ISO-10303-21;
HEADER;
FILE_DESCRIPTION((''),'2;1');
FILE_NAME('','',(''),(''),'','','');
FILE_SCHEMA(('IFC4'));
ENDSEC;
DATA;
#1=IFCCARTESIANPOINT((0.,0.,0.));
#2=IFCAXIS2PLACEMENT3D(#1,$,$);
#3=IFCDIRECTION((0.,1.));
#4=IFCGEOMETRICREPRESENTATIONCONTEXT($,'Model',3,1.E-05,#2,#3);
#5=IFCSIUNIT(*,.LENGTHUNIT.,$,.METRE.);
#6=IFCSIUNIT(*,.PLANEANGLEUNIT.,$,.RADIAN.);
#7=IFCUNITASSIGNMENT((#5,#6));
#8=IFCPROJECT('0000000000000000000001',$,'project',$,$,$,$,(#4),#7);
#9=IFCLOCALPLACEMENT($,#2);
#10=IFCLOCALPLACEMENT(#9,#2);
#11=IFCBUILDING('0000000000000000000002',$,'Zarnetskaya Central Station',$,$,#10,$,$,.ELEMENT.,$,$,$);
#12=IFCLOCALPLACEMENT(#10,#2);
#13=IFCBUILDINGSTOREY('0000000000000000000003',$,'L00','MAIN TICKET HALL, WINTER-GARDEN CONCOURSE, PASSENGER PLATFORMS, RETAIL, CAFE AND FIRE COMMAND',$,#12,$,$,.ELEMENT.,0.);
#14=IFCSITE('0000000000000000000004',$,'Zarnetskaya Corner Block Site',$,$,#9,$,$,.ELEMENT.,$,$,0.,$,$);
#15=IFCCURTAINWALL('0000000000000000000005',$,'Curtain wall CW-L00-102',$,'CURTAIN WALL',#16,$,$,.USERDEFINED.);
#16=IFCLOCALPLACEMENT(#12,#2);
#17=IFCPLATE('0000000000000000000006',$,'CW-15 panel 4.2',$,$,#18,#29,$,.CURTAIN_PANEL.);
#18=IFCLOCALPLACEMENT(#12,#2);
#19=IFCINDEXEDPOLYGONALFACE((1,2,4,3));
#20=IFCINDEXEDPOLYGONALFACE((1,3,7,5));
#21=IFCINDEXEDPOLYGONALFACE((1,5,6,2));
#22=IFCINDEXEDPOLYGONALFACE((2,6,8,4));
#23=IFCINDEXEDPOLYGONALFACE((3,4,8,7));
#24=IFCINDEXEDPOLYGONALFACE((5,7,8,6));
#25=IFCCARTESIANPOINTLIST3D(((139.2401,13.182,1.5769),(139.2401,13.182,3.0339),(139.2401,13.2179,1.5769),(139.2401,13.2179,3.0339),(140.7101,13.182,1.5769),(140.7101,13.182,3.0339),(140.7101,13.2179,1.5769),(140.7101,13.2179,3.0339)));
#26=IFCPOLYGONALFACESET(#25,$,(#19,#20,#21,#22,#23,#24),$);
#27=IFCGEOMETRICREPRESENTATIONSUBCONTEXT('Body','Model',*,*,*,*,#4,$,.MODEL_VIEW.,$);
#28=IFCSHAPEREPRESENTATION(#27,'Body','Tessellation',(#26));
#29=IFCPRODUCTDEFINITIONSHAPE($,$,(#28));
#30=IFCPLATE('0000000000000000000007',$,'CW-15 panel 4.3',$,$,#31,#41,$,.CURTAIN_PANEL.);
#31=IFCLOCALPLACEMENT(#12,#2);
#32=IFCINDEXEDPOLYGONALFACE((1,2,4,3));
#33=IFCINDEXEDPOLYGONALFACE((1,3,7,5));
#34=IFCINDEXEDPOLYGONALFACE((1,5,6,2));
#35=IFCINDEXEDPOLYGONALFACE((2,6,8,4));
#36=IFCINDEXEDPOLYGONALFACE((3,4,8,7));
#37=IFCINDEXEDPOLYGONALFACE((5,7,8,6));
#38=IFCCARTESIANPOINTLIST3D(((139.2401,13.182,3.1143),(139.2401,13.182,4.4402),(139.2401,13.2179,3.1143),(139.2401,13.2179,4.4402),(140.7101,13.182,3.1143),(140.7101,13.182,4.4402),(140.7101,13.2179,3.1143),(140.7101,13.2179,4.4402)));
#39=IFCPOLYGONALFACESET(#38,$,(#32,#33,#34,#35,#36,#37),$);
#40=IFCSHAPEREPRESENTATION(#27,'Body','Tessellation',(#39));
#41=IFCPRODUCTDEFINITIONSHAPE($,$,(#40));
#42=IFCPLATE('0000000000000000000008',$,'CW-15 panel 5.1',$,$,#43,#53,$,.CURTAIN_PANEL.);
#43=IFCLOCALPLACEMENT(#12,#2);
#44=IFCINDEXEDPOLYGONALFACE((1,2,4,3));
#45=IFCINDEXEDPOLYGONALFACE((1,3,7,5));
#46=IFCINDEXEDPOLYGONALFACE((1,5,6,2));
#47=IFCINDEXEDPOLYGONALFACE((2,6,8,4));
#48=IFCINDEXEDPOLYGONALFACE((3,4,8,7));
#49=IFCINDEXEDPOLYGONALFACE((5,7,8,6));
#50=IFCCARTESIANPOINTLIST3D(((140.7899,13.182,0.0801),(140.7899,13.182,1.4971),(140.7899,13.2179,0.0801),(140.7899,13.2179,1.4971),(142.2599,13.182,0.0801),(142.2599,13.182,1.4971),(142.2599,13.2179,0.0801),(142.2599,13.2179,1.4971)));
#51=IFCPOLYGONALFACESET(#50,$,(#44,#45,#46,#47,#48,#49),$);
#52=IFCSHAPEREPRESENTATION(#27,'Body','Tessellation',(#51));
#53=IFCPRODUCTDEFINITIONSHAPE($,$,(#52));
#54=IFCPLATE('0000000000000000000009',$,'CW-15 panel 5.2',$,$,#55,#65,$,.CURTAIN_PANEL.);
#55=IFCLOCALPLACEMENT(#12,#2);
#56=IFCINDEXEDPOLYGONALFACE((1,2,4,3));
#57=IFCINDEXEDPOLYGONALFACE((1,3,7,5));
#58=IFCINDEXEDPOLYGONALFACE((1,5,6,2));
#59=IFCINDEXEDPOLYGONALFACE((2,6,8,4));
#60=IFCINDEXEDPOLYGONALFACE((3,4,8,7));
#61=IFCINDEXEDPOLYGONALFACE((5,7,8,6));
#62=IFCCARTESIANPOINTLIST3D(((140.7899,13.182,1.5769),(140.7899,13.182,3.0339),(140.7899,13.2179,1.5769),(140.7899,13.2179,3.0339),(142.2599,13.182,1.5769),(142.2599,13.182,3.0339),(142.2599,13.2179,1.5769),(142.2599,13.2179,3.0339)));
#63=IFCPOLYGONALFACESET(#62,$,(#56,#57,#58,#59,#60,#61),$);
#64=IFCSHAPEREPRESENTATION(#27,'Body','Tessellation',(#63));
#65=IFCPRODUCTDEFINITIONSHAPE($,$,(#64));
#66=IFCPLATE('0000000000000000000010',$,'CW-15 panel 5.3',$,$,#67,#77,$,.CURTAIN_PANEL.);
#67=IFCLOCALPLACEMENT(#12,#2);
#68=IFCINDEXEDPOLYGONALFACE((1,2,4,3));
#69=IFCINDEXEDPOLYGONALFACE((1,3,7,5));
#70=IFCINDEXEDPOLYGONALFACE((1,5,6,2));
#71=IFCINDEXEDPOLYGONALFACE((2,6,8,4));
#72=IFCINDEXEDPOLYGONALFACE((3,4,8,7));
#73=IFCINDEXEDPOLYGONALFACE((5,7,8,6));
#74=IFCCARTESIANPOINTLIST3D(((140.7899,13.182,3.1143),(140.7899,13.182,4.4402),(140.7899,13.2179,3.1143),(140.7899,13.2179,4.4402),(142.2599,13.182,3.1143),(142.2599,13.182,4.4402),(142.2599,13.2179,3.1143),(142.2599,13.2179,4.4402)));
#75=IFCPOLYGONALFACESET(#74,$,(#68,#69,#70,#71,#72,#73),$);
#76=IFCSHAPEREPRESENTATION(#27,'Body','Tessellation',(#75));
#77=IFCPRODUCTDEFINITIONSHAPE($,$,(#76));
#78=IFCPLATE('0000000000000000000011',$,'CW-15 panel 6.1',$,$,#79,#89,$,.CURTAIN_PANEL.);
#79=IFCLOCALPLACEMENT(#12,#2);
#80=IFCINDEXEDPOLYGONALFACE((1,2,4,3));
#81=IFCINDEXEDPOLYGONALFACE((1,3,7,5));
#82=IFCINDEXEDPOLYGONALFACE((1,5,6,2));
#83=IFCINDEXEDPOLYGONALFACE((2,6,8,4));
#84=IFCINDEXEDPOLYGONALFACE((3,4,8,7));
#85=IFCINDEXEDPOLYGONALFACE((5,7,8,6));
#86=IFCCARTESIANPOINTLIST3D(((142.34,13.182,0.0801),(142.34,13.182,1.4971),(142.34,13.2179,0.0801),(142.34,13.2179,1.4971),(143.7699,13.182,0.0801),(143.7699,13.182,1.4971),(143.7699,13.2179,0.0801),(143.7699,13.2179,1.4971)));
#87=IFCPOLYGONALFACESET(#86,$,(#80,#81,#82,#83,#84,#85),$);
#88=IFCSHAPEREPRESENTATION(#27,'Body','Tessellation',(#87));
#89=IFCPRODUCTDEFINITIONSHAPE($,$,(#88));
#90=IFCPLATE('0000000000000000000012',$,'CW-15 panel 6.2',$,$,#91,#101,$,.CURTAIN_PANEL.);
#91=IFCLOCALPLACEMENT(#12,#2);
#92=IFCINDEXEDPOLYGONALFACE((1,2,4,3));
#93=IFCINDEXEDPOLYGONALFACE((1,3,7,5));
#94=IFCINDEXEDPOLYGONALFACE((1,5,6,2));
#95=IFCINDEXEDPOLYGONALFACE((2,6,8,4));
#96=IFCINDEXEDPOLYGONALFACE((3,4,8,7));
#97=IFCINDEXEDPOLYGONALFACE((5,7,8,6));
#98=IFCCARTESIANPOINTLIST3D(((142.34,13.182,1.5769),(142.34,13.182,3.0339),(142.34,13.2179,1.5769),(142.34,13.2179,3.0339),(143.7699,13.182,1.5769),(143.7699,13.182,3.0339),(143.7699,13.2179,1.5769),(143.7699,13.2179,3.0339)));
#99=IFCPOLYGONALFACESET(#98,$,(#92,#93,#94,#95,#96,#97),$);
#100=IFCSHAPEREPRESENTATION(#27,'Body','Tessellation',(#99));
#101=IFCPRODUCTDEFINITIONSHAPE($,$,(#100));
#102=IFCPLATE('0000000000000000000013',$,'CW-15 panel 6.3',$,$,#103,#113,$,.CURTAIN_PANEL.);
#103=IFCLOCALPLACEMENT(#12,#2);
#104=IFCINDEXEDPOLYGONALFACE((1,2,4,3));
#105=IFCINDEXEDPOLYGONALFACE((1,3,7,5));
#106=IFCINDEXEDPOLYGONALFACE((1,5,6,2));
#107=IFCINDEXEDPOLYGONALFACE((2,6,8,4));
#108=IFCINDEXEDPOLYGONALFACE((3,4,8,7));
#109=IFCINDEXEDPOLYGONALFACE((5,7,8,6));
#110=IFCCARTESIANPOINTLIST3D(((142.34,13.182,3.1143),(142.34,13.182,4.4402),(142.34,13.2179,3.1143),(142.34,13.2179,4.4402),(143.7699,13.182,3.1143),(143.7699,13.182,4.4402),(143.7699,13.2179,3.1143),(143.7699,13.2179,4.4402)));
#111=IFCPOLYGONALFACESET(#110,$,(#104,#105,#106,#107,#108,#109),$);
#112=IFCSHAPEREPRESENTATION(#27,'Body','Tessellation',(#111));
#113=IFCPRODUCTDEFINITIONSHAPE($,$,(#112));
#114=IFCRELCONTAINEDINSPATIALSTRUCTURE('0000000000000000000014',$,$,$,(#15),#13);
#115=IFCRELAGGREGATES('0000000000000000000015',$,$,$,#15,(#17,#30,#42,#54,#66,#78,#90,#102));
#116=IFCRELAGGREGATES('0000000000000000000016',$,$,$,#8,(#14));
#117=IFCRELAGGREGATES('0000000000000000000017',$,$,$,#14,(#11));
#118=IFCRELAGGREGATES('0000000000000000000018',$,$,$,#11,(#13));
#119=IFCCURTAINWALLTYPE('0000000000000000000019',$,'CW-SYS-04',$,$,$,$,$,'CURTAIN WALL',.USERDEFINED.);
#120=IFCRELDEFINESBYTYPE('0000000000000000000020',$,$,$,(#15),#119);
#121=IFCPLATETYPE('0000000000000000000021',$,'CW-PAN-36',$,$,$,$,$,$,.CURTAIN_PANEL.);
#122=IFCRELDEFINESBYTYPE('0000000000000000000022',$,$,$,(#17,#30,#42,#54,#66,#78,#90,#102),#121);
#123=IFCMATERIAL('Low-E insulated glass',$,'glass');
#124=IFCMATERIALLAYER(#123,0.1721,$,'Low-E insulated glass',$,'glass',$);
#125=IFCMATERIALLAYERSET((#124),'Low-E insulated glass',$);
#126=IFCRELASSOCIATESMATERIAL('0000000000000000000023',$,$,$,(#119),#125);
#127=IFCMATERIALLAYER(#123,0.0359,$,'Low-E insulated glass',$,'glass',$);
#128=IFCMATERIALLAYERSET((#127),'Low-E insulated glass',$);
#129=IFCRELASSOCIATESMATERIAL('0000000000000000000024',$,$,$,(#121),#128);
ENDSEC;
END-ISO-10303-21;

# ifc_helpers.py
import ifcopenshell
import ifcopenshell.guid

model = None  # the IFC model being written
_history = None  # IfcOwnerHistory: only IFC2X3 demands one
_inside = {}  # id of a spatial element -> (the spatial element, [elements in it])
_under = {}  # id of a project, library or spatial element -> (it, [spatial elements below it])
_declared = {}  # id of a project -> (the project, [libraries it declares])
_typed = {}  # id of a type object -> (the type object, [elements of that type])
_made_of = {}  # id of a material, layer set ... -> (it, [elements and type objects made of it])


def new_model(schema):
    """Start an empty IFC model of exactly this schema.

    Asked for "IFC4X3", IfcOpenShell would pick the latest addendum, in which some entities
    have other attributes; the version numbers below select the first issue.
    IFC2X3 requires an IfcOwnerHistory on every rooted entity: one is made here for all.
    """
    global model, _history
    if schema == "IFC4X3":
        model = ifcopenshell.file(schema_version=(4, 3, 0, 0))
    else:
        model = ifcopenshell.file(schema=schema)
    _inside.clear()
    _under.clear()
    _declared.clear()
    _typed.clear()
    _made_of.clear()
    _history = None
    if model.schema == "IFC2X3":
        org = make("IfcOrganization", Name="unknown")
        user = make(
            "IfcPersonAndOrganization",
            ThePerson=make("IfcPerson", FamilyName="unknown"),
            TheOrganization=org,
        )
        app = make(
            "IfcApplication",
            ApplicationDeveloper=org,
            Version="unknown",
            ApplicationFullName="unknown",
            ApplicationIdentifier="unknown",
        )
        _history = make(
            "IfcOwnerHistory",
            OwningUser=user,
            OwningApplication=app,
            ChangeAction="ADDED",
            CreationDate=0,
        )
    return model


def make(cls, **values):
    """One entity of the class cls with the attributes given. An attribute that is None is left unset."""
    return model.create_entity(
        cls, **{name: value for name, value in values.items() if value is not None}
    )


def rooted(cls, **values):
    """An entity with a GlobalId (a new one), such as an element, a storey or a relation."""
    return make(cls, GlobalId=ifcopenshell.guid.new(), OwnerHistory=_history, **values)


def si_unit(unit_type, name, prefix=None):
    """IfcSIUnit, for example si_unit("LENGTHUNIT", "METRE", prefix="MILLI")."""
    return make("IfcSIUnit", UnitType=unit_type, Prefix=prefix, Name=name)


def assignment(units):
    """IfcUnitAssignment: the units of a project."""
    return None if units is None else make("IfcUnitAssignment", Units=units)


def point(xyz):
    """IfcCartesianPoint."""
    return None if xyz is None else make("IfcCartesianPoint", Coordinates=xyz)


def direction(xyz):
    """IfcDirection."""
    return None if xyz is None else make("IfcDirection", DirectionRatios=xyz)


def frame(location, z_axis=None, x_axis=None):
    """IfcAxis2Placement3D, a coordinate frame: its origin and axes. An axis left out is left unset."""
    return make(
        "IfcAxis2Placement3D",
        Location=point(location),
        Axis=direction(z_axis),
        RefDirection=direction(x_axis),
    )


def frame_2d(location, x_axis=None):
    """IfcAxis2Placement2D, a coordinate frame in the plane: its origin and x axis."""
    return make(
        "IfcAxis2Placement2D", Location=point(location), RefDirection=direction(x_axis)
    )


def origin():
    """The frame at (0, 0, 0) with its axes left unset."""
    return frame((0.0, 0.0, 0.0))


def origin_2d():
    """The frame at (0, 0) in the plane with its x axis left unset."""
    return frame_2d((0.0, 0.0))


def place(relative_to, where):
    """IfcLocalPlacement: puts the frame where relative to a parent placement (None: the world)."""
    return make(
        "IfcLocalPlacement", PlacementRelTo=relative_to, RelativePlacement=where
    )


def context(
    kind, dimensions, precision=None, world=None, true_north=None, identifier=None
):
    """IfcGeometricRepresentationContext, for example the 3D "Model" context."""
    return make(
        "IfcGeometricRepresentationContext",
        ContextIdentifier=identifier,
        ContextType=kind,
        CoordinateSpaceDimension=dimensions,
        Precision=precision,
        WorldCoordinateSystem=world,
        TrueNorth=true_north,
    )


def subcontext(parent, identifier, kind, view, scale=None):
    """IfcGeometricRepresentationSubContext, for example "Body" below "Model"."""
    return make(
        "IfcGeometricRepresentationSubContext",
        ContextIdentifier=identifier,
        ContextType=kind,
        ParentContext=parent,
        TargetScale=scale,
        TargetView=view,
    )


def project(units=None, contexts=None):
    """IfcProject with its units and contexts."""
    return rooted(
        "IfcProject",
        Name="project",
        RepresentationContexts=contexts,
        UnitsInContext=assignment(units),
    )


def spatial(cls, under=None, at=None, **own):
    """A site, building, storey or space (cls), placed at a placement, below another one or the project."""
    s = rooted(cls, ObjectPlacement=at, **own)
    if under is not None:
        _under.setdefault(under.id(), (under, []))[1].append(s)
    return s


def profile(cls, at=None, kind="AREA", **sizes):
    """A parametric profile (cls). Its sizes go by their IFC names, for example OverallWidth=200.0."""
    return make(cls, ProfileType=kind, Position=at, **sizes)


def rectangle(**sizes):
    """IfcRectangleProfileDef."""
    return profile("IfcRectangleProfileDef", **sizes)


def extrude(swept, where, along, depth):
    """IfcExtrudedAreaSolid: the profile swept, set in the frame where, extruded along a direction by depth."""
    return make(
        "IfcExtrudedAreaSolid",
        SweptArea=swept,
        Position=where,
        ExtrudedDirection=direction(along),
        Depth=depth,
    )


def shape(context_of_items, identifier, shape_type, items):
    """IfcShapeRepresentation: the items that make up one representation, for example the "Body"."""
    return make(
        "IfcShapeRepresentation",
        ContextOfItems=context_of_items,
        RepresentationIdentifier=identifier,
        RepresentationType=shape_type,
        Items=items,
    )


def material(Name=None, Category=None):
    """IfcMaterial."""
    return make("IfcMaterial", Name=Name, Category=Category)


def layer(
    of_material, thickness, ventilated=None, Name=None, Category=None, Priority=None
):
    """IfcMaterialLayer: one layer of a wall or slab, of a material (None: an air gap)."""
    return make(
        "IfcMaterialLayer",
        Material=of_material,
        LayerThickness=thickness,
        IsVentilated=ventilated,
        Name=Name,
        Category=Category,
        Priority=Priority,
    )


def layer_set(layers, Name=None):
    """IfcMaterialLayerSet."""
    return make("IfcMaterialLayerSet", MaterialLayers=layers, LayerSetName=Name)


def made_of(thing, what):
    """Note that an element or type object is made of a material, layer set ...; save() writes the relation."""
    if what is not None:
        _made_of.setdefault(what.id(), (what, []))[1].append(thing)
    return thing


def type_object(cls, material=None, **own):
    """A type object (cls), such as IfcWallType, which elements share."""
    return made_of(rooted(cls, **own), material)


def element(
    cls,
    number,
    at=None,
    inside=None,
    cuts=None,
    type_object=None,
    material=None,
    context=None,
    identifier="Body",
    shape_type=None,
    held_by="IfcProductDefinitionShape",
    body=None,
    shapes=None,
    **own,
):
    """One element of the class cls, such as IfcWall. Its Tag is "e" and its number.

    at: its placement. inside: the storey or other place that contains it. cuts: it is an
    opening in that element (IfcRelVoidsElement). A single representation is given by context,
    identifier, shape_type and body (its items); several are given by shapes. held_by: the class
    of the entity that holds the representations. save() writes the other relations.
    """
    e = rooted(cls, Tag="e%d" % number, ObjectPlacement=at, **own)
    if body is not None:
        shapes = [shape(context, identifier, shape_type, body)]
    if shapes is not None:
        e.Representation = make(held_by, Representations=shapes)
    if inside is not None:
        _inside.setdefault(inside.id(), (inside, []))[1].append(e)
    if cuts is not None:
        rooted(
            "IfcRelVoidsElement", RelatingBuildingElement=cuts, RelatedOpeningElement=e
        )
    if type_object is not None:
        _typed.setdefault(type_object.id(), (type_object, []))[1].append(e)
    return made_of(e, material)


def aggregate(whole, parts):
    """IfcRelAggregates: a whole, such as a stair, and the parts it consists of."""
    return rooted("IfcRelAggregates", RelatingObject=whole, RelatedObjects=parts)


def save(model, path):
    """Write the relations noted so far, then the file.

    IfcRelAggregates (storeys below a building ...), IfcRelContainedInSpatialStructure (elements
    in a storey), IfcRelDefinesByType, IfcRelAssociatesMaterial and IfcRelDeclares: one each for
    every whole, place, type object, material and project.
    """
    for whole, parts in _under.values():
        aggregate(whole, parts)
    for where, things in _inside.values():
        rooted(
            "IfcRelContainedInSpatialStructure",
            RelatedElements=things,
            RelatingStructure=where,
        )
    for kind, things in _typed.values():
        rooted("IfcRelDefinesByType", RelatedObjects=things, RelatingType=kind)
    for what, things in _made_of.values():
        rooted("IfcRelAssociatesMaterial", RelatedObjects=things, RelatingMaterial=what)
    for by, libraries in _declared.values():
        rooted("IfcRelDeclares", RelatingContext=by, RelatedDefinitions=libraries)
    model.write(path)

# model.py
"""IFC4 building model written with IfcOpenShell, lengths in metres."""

from ifc_helpers import new_model, si_unit, direction, frame, origin, origin_2d, place, context, subcontext, project, spatial, rectangle, extrude, material, layer, layer_set, type_object, element, aggregate, save


model = new_model("IFC4")

# Units and contexts
model_context = context("Model", 3, precision=1e-05, world=origin(), true_north=direction((0.0, 1.0)))
body_context = subcontext(model_context, "Body", "Model", "MODEL_VIEW")
ifc_project = project(units=[si_unit("LENGTHUNIT", "METRE"), si_unit("PLANEANGLEUNIT", "RADIAN")], contexts=[model_context])

# Site, building, storey
site_placement = place(None, origin())
site = spatial("IfcSite", under=ifc_project, at=site_placement, Name="Zarnetskaya Corner Block Site", CompositionType="ELEMENT", RefElevation=0.0)
building_placement = place(site_placement, origin())
building = spatial("IfcBuilding", under=site, at=building_placement, Name="Zarnetskaya Central Station", CompositionType="ELEMENT")
storey_placement = place(building_placement, origin())
storey = spatial("IfcBuildingStorey", under=building, at=storey_placement, Name="L00", Description="MAIN TICKET HALL, WINTER-GARDEN CONCOURSE, PASSENGER PLATFORMS, RETAIL, CAFE AND FIRE COMMAND", CompositionType="ELEMENT", Elevation=0.0)

# Curtain wall, plates
ifc_material_1 = material(Name="Low-E insulated glass", Category="glass")
ifc_layer_1 = layer(ifc_material_1, 0.1721, Name="Low-E insulated glass", Category="glass")
ifc_layer_set_1 = layer_set([ifc_layer_1], Name="Low-E insulated glass")
curtain_wall_type = type_object("IfcCurtainWallType", Name="CW-SYS-04", ElementType="CURTAIN WALL", PredefinedType="USERDEFINED", material=ifc_layer_set_1)
curtain_wall_placement = place(storey_placement, origin())
curtain_wall = element("IfcCurtainWall", 1, at=curtain_wall_placement, inside=storey, type_object=curtain_wall_type, Name="Curtain wall CW-L00-102", ObjectType="CURTAIN WALL", PredefinedType="USERDEFINED")
ifc_layer_2 = layer(ifc_material_1, 0.0359, Name="Low-E insulated glass", Category="glass")
ifc_layer_set_2 = layer_set([ifc_layer_2], Name="Low-E insulated glass")
plate_type = type_object("IfcPlateType", Name="CW-PAN-36", PredefinedType="CURTAIN_PANEL", material=ifc_layer_set_2)
plate_1_placement = place(storey_placement, frame((139.9751, 13.2, 1.5769), z_axis=(0.0, 0.0, 1.0), x_axis=(1.0, 0.0, 0.0)))
plate_1 = element("IfcPlate", 2, at=plate_1_placement, type_object=plate_type, Name="CW-15 panel 4.2", PredefinedType="CURTAIN_PANEL", context=body_context, shape_type="SweptSolid", body=[
    extrude(rectangle(XDim=1.47, YDim=0.0359, at=origin_2d()), origin(), (0.0, 0.0, 1.0), 1.457),
])
plate_2_placement = place(storey_placement, frame((139.9751, 13.2, 3.1143), z_axis=(0.0, 0.0, 1.0), x_axis=(1.0, 0.0, 0.0)))
plate_2 = element("IfcPlate", 3, at=plate_2_placement, type_object=plate_type, Name="CW-15 panel 4.3", PredefinedType="CURTAIN_PANEL", context=body_context, shape_type="SweptSolid", body=[
    extrude(rectangle(XDim=1.47, YDim=0.0359, at=origin_2d()), origin(), (0.0, 0.0, 1.0), 1.3259),
])
plate_3_placement = place(storey_placement, frame((141.5249, 13.2, 0.0801), z_axis=(0.0, 0.0, 1.0), x_axis=(1.0, 0.0, 0.0)))
plate_3 = element("IfcPlate", 4, at=plate_3_placement, type_object=plate_type, Name="CW-15 panel 5.1", PredefinedType="CURTAIN_PANEL", context=body_context, shape_type="SweptSolid", body=[
    extrude(rectangle(XDim=1.47, YDim=0.0359, at=origin_2d()), origin(), (0.0, 0.0, 1.0), 1.417),
])
plate_4_placement = place(storey_placement, frame((141.5249, 13.2, 1.5769), z_axis=(0.0, 0.0, 1.0), x_axis=(1.0, 0.0, 0.0)))
plate_4 = element("IfcPlate", 5, at=plate_4_placement, type_object=plate_type, Name="CW-15 panel 5.2", PredefinedType="CURTAIN_PANEL", context=body_context, shape_type="SweptSolid", body=[
    extrude(rectangle(XDim=1.47, YDim=0.0359, at=origin_2d()), origin(), (0.0, 0.0, 1.0), 1.457),
])
plate_5_placement = place(storey_placement, frame((141.5249, 13.2, 3.1143), z_axis=(0.0, 0.0, 1.0), x_axis=(1.0, 0.0, 0.0)))
plate_5 = element("IfcPlate", 6, at=plate_5_placement, type_object=plate_type, Name="CW-15 panel 5.3", PredefinedType="CURTAIN_PANEL", context=body_context, shape_type="SweptSolid", body=[
    extrude(rectangle(XDim=1.47, YDim=0.0359, at=origin_2d()), origin(), (0.0, 0.0, 1.0), 1.3259),
])
plate_6_placement = place(storey_placement, frame((143.0549, 13.2, 0.0801), z_axis=(0.0, 0.0, 1.0), x_axis=(1.0, 0.0, 0.0)))
plate_6 = element("IfcPlate", 7, at=plate_6_placement, type_object=plate_type, Name="CW-15 panel 6.1", PredefinedType="CURTAIN_PANEL", context=body_context, shape_type="SweptSolid", body=[
    extrude(rectangle(XDim=1.4299, YDim=0.0359, at=origin_2d()), origin(), (0.0, 0.0, 1.0), 1.417),
])
plate_7_placement = place(storey_placement, frame((143.0549, 13.2, 1.5769), z_axis=(0.0, 0.0, 1.0), x_axis=(1.0, 0.0, 0.0)))
plate_7 = element("IfcPlate", 8, at=plate_7_placement, type_object=plate_type, Name="CW-15 panel 6.2", PredefinedType="CURTAIN_PANEL", context=body_context, shape_type="SweptSolid", body=[
    extrude(rectangle(XDim=1.4299, YDim=0.0359, at=origin_2d()), origin(), (0.0, 0.0, 1.0), 1.457),
])
plate_8_placement = place(storey_placement, frame((143.0549, 13.2, 3.1143), z_axis=(0.0, 0.0, 1.0), x_axis=(1.0, 0.0, 0.0)))
plate_8 = element("IfcPlate", 9, at=plate_8_placement, type_object=plate_type, Name="CW-15 panel 6.3", PredefinedType="CURTAIN_PANEL", context=body_context, shape_type="SweptSolid", body=[
    extrude(rectangle(XDim=1.4299, YDim=0.0359, at=origin_2d()), origin(), (0.0, 0.0, 1.0), 1.3259),
])
aggregate(curtain_wall, [plate_1, plate_2, plate_3, plate_4, plate_5, plate_6, plate_7, plate_8])

save(model, "model.ifc")
